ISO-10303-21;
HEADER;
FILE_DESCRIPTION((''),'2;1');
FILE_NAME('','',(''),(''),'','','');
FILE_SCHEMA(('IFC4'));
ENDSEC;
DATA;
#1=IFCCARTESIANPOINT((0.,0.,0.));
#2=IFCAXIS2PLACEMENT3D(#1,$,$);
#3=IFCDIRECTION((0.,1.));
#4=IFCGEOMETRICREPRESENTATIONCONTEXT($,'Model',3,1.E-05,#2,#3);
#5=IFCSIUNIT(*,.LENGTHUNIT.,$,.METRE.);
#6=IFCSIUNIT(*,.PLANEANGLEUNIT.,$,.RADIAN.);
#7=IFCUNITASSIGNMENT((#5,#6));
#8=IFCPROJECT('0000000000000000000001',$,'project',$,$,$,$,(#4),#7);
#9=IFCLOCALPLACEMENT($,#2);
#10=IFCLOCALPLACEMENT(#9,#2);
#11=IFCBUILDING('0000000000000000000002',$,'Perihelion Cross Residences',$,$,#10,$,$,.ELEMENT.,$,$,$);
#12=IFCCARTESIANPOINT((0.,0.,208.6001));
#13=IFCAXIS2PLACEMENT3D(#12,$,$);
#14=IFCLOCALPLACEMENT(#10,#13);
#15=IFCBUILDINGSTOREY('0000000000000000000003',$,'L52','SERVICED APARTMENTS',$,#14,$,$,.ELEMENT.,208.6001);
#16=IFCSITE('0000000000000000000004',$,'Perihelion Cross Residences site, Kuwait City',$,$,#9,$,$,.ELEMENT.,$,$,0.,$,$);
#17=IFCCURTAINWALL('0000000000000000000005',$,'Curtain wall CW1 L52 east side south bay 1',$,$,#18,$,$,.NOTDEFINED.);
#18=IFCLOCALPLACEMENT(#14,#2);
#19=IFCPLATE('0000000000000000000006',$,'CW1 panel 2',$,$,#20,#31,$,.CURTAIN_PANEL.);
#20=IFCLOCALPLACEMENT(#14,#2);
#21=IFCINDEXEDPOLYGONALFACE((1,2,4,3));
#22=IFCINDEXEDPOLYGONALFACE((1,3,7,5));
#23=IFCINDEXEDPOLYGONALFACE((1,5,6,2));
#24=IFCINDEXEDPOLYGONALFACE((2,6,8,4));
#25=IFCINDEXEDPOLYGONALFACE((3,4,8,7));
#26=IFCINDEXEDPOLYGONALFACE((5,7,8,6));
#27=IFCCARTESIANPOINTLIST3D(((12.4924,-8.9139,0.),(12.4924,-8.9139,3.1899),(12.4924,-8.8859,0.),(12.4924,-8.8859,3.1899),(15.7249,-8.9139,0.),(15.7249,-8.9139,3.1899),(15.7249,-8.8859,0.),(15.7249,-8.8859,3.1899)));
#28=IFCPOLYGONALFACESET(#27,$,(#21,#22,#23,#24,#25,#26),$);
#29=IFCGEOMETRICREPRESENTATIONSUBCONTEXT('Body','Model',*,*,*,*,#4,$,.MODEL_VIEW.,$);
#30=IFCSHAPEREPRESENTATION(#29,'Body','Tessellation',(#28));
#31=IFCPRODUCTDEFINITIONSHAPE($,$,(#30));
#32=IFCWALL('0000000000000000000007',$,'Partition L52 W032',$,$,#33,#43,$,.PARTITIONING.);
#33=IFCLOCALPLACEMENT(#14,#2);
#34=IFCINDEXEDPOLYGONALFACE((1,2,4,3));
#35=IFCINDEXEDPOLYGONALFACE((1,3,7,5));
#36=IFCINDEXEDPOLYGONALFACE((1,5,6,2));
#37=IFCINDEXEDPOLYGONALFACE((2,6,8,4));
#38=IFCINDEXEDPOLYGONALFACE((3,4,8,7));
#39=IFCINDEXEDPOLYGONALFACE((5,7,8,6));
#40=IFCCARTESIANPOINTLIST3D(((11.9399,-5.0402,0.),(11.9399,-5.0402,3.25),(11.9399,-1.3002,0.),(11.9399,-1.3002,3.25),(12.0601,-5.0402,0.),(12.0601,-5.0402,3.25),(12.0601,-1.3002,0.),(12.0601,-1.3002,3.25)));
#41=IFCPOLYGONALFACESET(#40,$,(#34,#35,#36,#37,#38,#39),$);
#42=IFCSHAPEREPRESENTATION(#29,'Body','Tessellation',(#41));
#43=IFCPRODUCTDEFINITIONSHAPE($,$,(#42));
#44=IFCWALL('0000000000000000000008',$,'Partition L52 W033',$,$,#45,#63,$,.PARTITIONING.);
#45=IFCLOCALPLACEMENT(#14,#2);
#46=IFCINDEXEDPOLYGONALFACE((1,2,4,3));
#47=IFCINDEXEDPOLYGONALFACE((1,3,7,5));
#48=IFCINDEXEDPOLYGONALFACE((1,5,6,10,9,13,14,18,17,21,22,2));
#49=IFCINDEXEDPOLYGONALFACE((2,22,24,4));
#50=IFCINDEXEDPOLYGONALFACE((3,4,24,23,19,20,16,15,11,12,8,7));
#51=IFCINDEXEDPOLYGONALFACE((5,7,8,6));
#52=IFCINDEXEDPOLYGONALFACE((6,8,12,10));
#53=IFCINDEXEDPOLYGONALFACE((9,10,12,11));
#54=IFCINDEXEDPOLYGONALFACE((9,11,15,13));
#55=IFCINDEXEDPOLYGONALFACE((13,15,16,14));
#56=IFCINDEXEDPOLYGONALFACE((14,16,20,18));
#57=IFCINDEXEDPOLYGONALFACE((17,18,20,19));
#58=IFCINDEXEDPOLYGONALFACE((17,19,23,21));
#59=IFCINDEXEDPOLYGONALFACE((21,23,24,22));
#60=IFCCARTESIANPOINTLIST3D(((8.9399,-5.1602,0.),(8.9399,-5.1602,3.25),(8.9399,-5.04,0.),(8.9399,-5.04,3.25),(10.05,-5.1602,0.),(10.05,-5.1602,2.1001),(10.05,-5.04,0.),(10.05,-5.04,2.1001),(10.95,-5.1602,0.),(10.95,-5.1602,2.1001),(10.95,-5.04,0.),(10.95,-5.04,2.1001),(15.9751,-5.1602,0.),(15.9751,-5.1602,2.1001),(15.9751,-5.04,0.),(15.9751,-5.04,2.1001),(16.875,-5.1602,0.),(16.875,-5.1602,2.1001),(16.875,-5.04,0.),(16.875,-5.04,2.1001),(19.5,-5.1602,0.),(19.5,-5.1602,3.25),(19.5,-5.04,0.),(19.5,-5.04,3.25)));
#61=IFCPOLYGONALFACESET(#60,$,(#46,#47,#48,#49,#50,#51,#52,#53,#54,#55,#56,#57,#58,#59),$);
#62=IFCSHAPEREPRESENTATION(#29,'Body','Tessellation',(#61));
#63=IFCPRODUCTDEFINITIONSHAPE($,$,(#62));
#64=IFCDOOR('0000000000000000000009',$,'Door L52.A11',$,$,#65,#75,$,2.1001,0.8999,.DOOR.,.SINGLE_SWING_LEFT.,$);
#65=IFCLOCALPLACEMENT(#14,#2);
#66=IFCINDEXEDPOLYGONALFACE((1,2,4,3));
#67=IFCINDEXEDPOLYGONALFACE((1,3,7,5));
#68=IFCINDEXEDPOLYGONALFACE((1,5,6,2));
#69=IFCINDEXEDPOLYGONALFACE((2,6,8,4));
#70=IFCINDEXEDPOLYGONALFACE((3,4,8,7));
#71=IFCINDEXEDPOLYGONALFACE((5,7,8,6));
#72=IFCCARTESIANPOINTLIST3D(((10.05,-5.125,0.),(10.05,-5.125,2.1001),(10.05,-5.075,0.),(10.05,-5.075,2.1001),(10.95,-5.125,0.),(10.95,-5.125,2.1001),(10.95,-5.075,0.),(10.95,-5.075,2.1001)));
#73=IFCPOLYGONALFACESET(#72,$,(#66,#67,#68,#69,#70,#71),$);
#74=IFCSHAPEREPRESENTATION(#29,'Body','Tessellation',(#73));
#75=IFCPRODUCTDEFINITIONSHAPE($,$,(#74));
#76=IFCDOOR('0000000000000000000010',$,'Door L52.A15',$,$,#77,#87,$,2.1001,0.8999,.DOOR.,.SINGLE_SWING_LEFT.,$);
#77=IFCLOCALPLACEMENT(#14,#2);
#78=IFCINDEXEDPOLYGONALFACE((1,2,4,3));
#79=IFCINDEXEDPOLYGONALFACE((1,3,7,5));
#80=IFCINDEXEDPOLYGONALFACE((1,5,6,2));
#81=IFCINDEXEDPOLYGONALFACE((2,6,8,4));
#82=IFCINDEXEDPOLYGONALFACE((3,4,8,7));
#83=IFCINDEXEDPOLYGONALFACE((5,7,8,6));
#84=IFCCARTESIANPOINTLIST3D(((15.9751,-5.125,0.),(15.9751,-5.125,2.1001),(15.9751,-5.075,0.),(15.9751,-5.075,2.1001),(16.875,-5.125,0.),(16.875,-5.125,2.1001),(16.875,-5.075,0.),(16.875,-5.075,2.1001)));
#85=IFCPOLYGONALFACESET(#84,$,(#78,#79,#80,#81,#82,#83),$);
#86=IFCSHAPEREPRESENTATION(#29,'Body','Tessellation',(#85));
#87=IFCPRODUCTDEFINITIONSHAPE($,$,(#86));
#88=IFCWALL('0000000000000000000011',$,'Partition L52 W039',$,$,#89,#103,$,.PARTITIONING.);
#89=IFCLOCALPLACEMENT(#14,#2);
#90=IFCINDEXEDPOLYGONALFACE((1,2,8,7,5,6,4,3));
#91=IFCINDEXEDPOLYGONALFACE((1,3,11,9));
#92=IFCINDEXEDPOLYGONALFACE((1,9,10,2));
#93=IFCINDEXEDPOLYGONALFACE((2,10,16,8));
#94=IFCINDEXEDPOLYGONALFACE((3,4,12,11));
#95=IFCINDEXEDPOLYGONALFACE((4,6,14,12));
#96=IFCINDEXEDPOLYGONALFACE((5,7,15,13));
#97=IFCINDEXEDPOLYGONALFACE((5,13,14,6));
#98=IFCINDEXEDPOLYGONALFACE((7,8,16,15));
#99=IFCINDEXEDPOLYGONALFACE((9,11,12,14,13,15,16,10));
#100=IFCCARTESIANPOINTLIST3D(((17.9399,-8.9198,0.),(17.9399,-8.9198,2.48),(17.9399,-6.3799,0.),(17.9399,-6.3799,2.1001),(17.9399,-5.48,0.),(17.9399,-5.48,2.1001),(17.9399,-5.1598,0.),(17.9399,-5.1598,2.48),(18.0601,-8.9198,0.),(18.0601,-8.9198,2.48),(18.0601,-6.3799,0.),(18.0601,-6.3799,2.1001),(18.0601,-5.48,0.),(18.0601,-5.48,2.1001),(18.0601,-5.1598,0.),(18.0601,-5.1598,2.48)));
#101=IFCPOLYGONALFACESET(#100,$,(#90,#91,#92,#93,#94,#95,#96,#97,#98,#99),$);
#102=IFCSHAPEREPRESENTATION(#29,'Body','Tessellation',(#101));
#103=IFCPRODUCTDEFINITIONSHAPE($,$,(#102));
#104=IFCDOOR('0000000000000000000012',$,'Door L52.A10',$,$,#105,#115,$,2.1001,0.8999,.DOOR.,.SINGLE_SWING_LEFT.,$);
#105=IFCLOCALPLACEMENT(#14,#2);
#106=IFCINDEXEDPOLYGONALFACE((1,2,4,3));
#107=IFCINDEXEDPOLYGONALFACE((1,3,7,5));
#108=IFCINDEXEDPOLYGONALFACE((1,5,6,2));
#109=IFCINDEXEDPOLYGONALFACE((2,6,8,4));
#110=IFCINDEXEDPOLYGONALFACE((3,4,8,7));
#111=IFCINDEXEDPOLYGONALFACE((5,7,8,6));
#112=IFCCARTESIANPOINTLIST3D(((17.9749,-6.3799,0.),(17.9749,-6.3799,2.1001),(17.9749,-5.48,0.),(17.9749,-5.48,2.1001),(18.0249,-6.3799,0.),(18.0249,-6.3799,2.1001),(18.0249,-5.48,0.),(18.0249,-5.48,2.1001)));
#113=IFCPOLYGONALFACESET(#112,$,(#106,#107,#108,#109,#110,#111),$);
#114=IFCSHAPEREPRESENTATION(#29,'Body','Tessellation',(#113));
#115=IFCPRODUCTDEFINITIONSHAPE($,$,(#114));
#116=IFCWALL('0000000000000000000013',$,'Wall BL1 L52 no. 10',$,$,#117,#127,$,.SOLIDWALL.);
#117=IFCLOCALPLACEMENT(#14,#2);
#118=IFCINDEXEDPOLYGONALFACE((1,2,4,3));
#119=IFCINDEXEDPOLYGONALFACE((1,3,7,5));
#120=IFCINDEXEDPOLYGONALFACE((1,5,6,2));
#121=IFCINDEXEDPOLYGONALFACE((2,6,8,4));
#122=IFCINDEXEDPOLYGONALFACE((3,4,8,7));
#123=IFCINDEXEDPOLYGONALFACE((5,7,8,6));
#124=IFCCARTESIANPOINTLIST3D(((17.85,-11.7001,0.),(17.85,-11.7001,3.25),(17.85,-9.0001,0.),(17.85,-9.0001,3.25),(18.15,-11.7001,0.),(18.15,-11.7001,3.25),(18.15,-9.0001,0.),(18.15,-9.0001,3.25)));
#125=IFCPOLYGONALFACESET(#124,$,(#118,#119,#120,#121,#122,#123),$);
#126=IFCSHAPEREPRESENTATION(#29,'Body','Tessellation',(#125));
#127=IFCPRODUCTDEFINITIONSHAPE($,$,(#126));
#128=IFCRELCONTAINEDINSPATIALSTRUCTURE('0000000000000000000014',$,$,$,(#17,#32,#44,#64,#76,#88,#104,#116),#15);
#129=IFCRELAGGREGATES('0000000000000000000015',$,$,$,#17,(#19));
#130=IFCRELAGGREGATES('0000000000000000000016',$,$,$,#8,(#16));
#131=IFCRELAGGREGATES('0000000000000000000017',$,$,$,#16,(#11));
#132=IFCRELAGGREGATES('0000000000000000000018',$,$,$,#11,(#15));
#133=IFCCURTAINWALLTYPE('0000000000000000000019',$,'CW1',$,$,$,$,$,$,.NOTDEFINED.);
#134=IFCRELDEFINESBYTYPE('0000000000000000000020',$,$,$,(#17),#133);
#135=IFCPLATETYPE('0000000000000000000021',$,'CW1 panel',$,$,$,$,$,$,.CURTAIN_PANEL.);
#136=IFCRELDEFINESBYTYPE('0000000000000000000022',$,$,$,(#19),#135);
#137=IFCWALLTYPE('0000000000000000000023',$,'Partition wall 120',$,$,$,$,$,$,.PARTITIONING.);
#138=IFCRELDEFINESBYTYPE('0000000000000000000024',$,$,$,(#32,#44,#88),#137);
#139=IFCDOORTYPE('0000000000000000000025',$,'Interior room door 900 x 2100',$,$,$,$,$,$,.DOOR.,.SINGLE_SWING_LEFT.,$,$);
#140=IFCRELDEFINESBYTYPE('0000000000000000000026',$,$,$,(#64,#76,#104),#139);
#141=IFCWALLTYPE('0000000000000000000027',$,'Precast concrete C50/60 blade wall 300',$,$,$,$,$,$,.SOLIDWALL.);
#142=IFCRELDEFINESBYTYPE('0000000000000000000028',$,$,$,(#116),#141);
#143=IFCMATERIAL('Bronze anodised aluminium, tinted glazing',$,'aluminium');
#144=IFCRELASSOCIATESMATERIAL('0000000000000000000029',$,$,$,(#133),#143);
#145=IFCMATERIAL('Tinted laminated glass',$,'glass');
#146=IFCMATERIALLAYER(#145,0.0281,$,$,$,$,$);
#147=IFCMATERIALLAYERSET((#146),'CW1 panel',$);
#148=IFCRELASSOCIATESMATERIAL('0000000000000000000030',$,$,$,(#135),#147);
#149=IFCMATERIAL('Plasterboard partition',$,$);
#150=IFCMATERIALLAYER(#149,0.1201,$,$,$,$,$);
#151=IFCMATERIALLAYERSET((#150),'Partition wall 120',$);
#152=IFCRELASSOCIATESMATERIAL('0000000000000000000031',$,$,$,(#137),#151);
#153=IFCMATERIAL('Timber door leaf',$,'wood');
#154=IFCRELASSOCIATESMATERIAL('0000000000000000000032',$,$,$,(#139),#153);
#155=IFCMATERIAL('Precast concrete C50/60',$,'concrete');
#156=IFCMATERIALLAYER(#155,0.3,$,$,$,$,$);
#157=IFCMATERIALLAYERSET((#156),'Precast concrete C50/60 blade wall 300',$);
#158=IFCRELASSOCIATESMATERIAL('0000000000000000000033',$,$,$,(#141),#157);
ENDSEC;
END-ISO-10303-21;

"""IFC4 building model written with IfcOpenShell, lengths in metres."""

from ifc_helpers import new_model, si_unit, direction, frame, frame_2d, origin, origin_2d, place, context, subcontext, project, spatial, rectangle, extrude, material, layer, layer_set, type_object, element, fill, aggregate, save


model = new_model("IFC4")

# Units and contexts
model_context = context("Model", 3, precision=1e-05, world=origin(), true_north=direction((0.0, 1.0)))
body_context = subcontext(model_context, "Body", "Model", "MODEL_VIEW")
ifc_project = project(units=[si_unit("LENGTHUNIT", "METRE"), si_unit("PLANEANGLEUNIT", "RADIAN")], contexts=[model_context])

# Site, building, storey
site_placement = place(None, origin())
site = spatial("IfcSite", under=ifc_project, at=site_placement, Name="Perihelion Cross Residences site, Kuwait City", CompositionType="ELEMENT", RefElevation=0.0)
building_placement = place(site_placement, origin())
building = spatial("IfcBuilding", under=site, at=building_placement, Name="Perihelion Cross Residences", CompositionType="ELEMENT")
storey_placement = place(building_placement, frame((0.0, 0.0, 208.6001)))
storey = spatial("IfcBuildingStorey", under=building, at=storey_placement, Name="L52", Description="SERVICED APARTMENTS", CompositionType="ELEMENT", Elevation=208.6001)

# Curtain wall
ifc_material_1 = material(Name="Bronze anodised aluminium, tinted glazing", Category="aluminium")
curtain_wall_type = type_object("IfcCurtainWallType", Name="CW1", PredefinedType="NOTDEFINED", material=ifc_material_1)
curtain_wall_placement = place(storey_placement, origin())
curtain_wall = element("IfcCurtainWall", 1, at=curtain_wall_placement, inside=storey, type_object=curtain_wall_type, Name="Curtain wall CW1 L52 east side south bay 1", PredefinedType="NOTDEFINED")

# Plate
ifc_material_2 = material(Name="Tinted laminated glass", Category="glass")
ifc_layer_1 = layer(ifc_material_2, 0.0281)
ifc_layer_set_1 = layer_set([ifc_layer_1], Name="CW1 panel")
plate_type = type_object("IfcPlateType", Name="CW1 panel", PredefinedType="CURTAIN_PANEL", material=ifc_layer_set_1)
plate_1_placement = place(storey_placement, frame((14.1086, -8.8999, 0.0), z_axis=(0.0, 0.0, 1.0), x_axis=(1.0, 0.0, 0.0)))
plate_1 = element("IfcPlate", 2, at=plate_1_placement, type_object=plate_type, Name="CW1 panel 2", PredefinedType="CURTAIN_PANEL", context=body_context, shape_type="SweptSolid", body=[
    extrude(rectangle(XDim=3.2324, YDim=0.0281, at=origin_2d()), origin(), (0.0, 0.0, 1.0), 3.1899),
])
aggregate(curtain_wall, [plate_1])

# Wall
ifc_material_3 = material(Name="Plasterboard partition")
ifc_layer_2 = layer(ifc_material_3, 0.1201)
ifc_layer_set_2 = layer_set([ifc_layer_2], Name="Partition wall 120")
wall_type_1 = type_object("IfcWallType", Name="Partition wall 120", PredefinedType="PARTITIONING", material=ifc_layer_set_2)
wall_1_placement = place(storey_placement, frame((12.0, -1.3, 0.0), z_axis=(0.0, 0.0, 1.0), x_axis=(0.0, -1.0, 0.0)))
element("IfcWall", 3, at=wall_1_placement, inside=storey, type_object=wall_type_1, Name="Partition L52 W032", PredefinedType="PARTITIONING", context=body_context, shape_type="SweptSolid", body=[
    extrude(rectangle(XDim=3.74, YDim=0.1201, at=frame_2d((1.8701, 0.0))), origin(), (0.0, 0.0, 1.0), 3.25),
])

# Wall, openings, doors
wall_2_placement = place(storey_placement, frame((19.5, -5.1001, 0.0), z_axis=(0.0, 0.0, 1.0), x_axis=(-1.0, 0.0, 0.0)))
wall_2 = element("IfcWall", 4, at=wall_2_placement, inside=storey, type_object=wall_type_1, Name="Partition L52 W033", PredefinedType="PARTITIONING", context=body_context, shape_type="SweptSolid", body=[
    extrude(rectangle(XDim=10.5601, YDim=0.1201, at=frame_2d((5.28, 0.0))), origin(), (0.0, 0.0, 1.0), 3.25),
])
opening_1_placement = place(wall_2_placement, frame((8.55, 0.0, 0.0)))
opening_1 = element("IfcOpeningElement", 5, at=opening_1_placement, cuts=wall_2, PredefinedType="OPENING", context=body_context, shape_type="SweptSolid", body=[
    extrude(rectangle(XDim=0.8999, YDim=2.1001, at=frame_2d((0.45, 1.05))), frame((0.0, 0.0701, 0.0), z_axis=(0.0, -1.0, 0.0), x_axis=(1.0, 0.0, 0.0)), (0.0, 0.0, 1.0), 0.1401),
])
opening_2_placement = place(wall_2_placement, frame((2.625, 0.0, 0.0)))
opening_2 = element("IfcOpeningElement", 6, at=opening_2_placement, cuts=wall_2, PredefinedType="OPENING", context=body_context, shape_type="SweptSolid", body=[
    extrude(rectangle(XDim=0.8999, YDim=2.1001, at=frame_2d((0.45, 1.05))), frame((0.0, 0.0701, 0.0), z_axis=(0.0, -1.0, 0.0), x_axis=(1.0, 0.0, 0.0)), (0.0, 0.0, 1.0), 0.1401),
])
ifc_material_4 = material(Name="Timber door leaf", Category="wood")
door_type_1 = type_object("IfcDoorType", Name="Interior room door 900 x 2100", OperationType="SINGLE_SWING_LEFT", PredefinedType="DOOR", material=ifc_material_4)
door_1_placement = place(opening_1_placement, origin())
door_1 = element("IfcDoor", 7, at=door_1_placement, inside=storey, type_object=door_type_1, Name="Door L52.A11", OperationType="SINGLE_SWING_LEFT", OverallHeight=2.1001, OverallWidth=0.8999, PredefinedType="DOOR", context=body_context, shape_type="SweptSolid", body=[
    extrude(rectangle(XDim=0.8999, YDim=2.1001, at=frame_2d((0.45, 1.05))), frame((0.0, 0.0249, 0.0), z_axis=(0.0, -1.0, 0.0), x_axis=(1.0, 0.0, 0.0)), (0.0, 0.0, 1.0), 0.05),
])
fill(opening_1, door_1)
door_2_placement = place(opening_2_placement, origin())
door_2 = element("IfcDoor", 8, at=door_2_placement, inside=storey, type_object=door_type_1, Name="Door L52.A15", OperationType="SINGLE_SWING_LEFT", OverallHeight=2.1001, OverallWidth=0.8999, PredefinedType="DOOR", context=body_context, shape_type="SweptSolid", body=[
    extrude(rectangle(XDim=0.8999, YDim=2.1001, at=frame_2d((0.45, 1.05))), frame((0.0, 0.0249, 0.0), z_axis=(0.0, -1.0, 0.0), x_axis=(1.0, 0.0, 0.0)), (0.0, 0.0, 1.0), 0.05),
])
fill(opening_2, door_2)

# Wall, opening, door
wall_3_placement = place(storey_placement, frame((18.0, -5.1599, 0.0), z_axis=(0.0, 0.0, 1.0), x_axis=(0.0, -1.0, 0.0)))
wall_3 = element("IfcWall", 9, at=wall_3_placement, inside=storey, type_object=wall_type_1, Name="Partition L52 W039", PredefinedType="PARTITIONING", context=body_context, shape_type="SweptSolid", body=[
    extrude(rectangle(XDim=3.76, YDim=0.1201, at=frame_2d((1.8799, 0.0))), origin(), (0.0, 0.0, 1.0), 2.48),
])
opening_3_placement = place(wall_3_placement, frame((0.3201, 0.0, 0.0)))
opening_3 = element("IfcOpeningElement", 10, at=opening_3_placement, cuts=wall_3, PredefinedType="OPENING", context=body_context, shape_type="SweptSolid", body=[
    extrude(rectangle(XDim=0.8999, YDim=2.1001, at=frame_2d((0.45, 1.05))), frame((0.0, 0.0701, 0.0), z_axis=(0.0, -1.0, 0.0), x_axis=(1.0, 0.0, 0.0)), (0.0, 0.0, 1.0), 0.1401),
])
door_3_placement = place(opening_3_placement, origin())
door_3 = element("IfcDoor", 11, at=door_3_placement, inside=storey, type_object=door_type_1, Name="Door L52.A10", OperationType="SINGLE_SWING_LEFT", OverallHeight=2.1001, OverallWidth=0.8999, PredefinedType="DOOR", context=body_context, shape_type="SweptSolid", body=[
    extrude(rectangle(XDim=0.8999, YDim=2.1001, at=frame_2d((0.45, 1.05))), frame((0.0, 0.0249, 0.0), z_axis=(0.0, -1.0, 0.0), x_axis=(1.0, 0.0, 0.0)), (0.0, 0.0, 1.0), 0.05),
])
fill(opening_3, door_3)

# Wall
ifc_material_5 = material(Name="Precast concrete C50/60", Category="concrete")
ifc_layer_3 = layer(ifc_material_5, 0.3)
ifc_layer_set_3 = layer_set([ifc_layer_3], Name="Precast concrete C50/60 blade wall 300")
wall_type_2 = type_object("IfcWallType", Name="Precast concrete C50/60 blade wall 300", PredefinedType="SOLIDWALL", material=ifc_layer_set_3)
wall_4_placement = place(storey_placement, frame((18.0, -9.0, 0.0), z_axis=(0.0, 0.0, 1.0), x_axis=(0.0, -1.0, 0.0)))
element("IfcWall", 12, at=wall_4_placement, inside=storey, type_object=wall_type_2, Name="Wall BL1 L52 no. 10", PredefinedType="SOLIDWALL", context=body_context, shape_type="SweptSolid", body=[
    extrude(rectangle(XDim=2.7, YDim=0.3, at=frame_2d((1.3501, 0.0))), origin(), (0.0, 0.0, 1.0), 3.25),
])

save(model, "model.ifc")
